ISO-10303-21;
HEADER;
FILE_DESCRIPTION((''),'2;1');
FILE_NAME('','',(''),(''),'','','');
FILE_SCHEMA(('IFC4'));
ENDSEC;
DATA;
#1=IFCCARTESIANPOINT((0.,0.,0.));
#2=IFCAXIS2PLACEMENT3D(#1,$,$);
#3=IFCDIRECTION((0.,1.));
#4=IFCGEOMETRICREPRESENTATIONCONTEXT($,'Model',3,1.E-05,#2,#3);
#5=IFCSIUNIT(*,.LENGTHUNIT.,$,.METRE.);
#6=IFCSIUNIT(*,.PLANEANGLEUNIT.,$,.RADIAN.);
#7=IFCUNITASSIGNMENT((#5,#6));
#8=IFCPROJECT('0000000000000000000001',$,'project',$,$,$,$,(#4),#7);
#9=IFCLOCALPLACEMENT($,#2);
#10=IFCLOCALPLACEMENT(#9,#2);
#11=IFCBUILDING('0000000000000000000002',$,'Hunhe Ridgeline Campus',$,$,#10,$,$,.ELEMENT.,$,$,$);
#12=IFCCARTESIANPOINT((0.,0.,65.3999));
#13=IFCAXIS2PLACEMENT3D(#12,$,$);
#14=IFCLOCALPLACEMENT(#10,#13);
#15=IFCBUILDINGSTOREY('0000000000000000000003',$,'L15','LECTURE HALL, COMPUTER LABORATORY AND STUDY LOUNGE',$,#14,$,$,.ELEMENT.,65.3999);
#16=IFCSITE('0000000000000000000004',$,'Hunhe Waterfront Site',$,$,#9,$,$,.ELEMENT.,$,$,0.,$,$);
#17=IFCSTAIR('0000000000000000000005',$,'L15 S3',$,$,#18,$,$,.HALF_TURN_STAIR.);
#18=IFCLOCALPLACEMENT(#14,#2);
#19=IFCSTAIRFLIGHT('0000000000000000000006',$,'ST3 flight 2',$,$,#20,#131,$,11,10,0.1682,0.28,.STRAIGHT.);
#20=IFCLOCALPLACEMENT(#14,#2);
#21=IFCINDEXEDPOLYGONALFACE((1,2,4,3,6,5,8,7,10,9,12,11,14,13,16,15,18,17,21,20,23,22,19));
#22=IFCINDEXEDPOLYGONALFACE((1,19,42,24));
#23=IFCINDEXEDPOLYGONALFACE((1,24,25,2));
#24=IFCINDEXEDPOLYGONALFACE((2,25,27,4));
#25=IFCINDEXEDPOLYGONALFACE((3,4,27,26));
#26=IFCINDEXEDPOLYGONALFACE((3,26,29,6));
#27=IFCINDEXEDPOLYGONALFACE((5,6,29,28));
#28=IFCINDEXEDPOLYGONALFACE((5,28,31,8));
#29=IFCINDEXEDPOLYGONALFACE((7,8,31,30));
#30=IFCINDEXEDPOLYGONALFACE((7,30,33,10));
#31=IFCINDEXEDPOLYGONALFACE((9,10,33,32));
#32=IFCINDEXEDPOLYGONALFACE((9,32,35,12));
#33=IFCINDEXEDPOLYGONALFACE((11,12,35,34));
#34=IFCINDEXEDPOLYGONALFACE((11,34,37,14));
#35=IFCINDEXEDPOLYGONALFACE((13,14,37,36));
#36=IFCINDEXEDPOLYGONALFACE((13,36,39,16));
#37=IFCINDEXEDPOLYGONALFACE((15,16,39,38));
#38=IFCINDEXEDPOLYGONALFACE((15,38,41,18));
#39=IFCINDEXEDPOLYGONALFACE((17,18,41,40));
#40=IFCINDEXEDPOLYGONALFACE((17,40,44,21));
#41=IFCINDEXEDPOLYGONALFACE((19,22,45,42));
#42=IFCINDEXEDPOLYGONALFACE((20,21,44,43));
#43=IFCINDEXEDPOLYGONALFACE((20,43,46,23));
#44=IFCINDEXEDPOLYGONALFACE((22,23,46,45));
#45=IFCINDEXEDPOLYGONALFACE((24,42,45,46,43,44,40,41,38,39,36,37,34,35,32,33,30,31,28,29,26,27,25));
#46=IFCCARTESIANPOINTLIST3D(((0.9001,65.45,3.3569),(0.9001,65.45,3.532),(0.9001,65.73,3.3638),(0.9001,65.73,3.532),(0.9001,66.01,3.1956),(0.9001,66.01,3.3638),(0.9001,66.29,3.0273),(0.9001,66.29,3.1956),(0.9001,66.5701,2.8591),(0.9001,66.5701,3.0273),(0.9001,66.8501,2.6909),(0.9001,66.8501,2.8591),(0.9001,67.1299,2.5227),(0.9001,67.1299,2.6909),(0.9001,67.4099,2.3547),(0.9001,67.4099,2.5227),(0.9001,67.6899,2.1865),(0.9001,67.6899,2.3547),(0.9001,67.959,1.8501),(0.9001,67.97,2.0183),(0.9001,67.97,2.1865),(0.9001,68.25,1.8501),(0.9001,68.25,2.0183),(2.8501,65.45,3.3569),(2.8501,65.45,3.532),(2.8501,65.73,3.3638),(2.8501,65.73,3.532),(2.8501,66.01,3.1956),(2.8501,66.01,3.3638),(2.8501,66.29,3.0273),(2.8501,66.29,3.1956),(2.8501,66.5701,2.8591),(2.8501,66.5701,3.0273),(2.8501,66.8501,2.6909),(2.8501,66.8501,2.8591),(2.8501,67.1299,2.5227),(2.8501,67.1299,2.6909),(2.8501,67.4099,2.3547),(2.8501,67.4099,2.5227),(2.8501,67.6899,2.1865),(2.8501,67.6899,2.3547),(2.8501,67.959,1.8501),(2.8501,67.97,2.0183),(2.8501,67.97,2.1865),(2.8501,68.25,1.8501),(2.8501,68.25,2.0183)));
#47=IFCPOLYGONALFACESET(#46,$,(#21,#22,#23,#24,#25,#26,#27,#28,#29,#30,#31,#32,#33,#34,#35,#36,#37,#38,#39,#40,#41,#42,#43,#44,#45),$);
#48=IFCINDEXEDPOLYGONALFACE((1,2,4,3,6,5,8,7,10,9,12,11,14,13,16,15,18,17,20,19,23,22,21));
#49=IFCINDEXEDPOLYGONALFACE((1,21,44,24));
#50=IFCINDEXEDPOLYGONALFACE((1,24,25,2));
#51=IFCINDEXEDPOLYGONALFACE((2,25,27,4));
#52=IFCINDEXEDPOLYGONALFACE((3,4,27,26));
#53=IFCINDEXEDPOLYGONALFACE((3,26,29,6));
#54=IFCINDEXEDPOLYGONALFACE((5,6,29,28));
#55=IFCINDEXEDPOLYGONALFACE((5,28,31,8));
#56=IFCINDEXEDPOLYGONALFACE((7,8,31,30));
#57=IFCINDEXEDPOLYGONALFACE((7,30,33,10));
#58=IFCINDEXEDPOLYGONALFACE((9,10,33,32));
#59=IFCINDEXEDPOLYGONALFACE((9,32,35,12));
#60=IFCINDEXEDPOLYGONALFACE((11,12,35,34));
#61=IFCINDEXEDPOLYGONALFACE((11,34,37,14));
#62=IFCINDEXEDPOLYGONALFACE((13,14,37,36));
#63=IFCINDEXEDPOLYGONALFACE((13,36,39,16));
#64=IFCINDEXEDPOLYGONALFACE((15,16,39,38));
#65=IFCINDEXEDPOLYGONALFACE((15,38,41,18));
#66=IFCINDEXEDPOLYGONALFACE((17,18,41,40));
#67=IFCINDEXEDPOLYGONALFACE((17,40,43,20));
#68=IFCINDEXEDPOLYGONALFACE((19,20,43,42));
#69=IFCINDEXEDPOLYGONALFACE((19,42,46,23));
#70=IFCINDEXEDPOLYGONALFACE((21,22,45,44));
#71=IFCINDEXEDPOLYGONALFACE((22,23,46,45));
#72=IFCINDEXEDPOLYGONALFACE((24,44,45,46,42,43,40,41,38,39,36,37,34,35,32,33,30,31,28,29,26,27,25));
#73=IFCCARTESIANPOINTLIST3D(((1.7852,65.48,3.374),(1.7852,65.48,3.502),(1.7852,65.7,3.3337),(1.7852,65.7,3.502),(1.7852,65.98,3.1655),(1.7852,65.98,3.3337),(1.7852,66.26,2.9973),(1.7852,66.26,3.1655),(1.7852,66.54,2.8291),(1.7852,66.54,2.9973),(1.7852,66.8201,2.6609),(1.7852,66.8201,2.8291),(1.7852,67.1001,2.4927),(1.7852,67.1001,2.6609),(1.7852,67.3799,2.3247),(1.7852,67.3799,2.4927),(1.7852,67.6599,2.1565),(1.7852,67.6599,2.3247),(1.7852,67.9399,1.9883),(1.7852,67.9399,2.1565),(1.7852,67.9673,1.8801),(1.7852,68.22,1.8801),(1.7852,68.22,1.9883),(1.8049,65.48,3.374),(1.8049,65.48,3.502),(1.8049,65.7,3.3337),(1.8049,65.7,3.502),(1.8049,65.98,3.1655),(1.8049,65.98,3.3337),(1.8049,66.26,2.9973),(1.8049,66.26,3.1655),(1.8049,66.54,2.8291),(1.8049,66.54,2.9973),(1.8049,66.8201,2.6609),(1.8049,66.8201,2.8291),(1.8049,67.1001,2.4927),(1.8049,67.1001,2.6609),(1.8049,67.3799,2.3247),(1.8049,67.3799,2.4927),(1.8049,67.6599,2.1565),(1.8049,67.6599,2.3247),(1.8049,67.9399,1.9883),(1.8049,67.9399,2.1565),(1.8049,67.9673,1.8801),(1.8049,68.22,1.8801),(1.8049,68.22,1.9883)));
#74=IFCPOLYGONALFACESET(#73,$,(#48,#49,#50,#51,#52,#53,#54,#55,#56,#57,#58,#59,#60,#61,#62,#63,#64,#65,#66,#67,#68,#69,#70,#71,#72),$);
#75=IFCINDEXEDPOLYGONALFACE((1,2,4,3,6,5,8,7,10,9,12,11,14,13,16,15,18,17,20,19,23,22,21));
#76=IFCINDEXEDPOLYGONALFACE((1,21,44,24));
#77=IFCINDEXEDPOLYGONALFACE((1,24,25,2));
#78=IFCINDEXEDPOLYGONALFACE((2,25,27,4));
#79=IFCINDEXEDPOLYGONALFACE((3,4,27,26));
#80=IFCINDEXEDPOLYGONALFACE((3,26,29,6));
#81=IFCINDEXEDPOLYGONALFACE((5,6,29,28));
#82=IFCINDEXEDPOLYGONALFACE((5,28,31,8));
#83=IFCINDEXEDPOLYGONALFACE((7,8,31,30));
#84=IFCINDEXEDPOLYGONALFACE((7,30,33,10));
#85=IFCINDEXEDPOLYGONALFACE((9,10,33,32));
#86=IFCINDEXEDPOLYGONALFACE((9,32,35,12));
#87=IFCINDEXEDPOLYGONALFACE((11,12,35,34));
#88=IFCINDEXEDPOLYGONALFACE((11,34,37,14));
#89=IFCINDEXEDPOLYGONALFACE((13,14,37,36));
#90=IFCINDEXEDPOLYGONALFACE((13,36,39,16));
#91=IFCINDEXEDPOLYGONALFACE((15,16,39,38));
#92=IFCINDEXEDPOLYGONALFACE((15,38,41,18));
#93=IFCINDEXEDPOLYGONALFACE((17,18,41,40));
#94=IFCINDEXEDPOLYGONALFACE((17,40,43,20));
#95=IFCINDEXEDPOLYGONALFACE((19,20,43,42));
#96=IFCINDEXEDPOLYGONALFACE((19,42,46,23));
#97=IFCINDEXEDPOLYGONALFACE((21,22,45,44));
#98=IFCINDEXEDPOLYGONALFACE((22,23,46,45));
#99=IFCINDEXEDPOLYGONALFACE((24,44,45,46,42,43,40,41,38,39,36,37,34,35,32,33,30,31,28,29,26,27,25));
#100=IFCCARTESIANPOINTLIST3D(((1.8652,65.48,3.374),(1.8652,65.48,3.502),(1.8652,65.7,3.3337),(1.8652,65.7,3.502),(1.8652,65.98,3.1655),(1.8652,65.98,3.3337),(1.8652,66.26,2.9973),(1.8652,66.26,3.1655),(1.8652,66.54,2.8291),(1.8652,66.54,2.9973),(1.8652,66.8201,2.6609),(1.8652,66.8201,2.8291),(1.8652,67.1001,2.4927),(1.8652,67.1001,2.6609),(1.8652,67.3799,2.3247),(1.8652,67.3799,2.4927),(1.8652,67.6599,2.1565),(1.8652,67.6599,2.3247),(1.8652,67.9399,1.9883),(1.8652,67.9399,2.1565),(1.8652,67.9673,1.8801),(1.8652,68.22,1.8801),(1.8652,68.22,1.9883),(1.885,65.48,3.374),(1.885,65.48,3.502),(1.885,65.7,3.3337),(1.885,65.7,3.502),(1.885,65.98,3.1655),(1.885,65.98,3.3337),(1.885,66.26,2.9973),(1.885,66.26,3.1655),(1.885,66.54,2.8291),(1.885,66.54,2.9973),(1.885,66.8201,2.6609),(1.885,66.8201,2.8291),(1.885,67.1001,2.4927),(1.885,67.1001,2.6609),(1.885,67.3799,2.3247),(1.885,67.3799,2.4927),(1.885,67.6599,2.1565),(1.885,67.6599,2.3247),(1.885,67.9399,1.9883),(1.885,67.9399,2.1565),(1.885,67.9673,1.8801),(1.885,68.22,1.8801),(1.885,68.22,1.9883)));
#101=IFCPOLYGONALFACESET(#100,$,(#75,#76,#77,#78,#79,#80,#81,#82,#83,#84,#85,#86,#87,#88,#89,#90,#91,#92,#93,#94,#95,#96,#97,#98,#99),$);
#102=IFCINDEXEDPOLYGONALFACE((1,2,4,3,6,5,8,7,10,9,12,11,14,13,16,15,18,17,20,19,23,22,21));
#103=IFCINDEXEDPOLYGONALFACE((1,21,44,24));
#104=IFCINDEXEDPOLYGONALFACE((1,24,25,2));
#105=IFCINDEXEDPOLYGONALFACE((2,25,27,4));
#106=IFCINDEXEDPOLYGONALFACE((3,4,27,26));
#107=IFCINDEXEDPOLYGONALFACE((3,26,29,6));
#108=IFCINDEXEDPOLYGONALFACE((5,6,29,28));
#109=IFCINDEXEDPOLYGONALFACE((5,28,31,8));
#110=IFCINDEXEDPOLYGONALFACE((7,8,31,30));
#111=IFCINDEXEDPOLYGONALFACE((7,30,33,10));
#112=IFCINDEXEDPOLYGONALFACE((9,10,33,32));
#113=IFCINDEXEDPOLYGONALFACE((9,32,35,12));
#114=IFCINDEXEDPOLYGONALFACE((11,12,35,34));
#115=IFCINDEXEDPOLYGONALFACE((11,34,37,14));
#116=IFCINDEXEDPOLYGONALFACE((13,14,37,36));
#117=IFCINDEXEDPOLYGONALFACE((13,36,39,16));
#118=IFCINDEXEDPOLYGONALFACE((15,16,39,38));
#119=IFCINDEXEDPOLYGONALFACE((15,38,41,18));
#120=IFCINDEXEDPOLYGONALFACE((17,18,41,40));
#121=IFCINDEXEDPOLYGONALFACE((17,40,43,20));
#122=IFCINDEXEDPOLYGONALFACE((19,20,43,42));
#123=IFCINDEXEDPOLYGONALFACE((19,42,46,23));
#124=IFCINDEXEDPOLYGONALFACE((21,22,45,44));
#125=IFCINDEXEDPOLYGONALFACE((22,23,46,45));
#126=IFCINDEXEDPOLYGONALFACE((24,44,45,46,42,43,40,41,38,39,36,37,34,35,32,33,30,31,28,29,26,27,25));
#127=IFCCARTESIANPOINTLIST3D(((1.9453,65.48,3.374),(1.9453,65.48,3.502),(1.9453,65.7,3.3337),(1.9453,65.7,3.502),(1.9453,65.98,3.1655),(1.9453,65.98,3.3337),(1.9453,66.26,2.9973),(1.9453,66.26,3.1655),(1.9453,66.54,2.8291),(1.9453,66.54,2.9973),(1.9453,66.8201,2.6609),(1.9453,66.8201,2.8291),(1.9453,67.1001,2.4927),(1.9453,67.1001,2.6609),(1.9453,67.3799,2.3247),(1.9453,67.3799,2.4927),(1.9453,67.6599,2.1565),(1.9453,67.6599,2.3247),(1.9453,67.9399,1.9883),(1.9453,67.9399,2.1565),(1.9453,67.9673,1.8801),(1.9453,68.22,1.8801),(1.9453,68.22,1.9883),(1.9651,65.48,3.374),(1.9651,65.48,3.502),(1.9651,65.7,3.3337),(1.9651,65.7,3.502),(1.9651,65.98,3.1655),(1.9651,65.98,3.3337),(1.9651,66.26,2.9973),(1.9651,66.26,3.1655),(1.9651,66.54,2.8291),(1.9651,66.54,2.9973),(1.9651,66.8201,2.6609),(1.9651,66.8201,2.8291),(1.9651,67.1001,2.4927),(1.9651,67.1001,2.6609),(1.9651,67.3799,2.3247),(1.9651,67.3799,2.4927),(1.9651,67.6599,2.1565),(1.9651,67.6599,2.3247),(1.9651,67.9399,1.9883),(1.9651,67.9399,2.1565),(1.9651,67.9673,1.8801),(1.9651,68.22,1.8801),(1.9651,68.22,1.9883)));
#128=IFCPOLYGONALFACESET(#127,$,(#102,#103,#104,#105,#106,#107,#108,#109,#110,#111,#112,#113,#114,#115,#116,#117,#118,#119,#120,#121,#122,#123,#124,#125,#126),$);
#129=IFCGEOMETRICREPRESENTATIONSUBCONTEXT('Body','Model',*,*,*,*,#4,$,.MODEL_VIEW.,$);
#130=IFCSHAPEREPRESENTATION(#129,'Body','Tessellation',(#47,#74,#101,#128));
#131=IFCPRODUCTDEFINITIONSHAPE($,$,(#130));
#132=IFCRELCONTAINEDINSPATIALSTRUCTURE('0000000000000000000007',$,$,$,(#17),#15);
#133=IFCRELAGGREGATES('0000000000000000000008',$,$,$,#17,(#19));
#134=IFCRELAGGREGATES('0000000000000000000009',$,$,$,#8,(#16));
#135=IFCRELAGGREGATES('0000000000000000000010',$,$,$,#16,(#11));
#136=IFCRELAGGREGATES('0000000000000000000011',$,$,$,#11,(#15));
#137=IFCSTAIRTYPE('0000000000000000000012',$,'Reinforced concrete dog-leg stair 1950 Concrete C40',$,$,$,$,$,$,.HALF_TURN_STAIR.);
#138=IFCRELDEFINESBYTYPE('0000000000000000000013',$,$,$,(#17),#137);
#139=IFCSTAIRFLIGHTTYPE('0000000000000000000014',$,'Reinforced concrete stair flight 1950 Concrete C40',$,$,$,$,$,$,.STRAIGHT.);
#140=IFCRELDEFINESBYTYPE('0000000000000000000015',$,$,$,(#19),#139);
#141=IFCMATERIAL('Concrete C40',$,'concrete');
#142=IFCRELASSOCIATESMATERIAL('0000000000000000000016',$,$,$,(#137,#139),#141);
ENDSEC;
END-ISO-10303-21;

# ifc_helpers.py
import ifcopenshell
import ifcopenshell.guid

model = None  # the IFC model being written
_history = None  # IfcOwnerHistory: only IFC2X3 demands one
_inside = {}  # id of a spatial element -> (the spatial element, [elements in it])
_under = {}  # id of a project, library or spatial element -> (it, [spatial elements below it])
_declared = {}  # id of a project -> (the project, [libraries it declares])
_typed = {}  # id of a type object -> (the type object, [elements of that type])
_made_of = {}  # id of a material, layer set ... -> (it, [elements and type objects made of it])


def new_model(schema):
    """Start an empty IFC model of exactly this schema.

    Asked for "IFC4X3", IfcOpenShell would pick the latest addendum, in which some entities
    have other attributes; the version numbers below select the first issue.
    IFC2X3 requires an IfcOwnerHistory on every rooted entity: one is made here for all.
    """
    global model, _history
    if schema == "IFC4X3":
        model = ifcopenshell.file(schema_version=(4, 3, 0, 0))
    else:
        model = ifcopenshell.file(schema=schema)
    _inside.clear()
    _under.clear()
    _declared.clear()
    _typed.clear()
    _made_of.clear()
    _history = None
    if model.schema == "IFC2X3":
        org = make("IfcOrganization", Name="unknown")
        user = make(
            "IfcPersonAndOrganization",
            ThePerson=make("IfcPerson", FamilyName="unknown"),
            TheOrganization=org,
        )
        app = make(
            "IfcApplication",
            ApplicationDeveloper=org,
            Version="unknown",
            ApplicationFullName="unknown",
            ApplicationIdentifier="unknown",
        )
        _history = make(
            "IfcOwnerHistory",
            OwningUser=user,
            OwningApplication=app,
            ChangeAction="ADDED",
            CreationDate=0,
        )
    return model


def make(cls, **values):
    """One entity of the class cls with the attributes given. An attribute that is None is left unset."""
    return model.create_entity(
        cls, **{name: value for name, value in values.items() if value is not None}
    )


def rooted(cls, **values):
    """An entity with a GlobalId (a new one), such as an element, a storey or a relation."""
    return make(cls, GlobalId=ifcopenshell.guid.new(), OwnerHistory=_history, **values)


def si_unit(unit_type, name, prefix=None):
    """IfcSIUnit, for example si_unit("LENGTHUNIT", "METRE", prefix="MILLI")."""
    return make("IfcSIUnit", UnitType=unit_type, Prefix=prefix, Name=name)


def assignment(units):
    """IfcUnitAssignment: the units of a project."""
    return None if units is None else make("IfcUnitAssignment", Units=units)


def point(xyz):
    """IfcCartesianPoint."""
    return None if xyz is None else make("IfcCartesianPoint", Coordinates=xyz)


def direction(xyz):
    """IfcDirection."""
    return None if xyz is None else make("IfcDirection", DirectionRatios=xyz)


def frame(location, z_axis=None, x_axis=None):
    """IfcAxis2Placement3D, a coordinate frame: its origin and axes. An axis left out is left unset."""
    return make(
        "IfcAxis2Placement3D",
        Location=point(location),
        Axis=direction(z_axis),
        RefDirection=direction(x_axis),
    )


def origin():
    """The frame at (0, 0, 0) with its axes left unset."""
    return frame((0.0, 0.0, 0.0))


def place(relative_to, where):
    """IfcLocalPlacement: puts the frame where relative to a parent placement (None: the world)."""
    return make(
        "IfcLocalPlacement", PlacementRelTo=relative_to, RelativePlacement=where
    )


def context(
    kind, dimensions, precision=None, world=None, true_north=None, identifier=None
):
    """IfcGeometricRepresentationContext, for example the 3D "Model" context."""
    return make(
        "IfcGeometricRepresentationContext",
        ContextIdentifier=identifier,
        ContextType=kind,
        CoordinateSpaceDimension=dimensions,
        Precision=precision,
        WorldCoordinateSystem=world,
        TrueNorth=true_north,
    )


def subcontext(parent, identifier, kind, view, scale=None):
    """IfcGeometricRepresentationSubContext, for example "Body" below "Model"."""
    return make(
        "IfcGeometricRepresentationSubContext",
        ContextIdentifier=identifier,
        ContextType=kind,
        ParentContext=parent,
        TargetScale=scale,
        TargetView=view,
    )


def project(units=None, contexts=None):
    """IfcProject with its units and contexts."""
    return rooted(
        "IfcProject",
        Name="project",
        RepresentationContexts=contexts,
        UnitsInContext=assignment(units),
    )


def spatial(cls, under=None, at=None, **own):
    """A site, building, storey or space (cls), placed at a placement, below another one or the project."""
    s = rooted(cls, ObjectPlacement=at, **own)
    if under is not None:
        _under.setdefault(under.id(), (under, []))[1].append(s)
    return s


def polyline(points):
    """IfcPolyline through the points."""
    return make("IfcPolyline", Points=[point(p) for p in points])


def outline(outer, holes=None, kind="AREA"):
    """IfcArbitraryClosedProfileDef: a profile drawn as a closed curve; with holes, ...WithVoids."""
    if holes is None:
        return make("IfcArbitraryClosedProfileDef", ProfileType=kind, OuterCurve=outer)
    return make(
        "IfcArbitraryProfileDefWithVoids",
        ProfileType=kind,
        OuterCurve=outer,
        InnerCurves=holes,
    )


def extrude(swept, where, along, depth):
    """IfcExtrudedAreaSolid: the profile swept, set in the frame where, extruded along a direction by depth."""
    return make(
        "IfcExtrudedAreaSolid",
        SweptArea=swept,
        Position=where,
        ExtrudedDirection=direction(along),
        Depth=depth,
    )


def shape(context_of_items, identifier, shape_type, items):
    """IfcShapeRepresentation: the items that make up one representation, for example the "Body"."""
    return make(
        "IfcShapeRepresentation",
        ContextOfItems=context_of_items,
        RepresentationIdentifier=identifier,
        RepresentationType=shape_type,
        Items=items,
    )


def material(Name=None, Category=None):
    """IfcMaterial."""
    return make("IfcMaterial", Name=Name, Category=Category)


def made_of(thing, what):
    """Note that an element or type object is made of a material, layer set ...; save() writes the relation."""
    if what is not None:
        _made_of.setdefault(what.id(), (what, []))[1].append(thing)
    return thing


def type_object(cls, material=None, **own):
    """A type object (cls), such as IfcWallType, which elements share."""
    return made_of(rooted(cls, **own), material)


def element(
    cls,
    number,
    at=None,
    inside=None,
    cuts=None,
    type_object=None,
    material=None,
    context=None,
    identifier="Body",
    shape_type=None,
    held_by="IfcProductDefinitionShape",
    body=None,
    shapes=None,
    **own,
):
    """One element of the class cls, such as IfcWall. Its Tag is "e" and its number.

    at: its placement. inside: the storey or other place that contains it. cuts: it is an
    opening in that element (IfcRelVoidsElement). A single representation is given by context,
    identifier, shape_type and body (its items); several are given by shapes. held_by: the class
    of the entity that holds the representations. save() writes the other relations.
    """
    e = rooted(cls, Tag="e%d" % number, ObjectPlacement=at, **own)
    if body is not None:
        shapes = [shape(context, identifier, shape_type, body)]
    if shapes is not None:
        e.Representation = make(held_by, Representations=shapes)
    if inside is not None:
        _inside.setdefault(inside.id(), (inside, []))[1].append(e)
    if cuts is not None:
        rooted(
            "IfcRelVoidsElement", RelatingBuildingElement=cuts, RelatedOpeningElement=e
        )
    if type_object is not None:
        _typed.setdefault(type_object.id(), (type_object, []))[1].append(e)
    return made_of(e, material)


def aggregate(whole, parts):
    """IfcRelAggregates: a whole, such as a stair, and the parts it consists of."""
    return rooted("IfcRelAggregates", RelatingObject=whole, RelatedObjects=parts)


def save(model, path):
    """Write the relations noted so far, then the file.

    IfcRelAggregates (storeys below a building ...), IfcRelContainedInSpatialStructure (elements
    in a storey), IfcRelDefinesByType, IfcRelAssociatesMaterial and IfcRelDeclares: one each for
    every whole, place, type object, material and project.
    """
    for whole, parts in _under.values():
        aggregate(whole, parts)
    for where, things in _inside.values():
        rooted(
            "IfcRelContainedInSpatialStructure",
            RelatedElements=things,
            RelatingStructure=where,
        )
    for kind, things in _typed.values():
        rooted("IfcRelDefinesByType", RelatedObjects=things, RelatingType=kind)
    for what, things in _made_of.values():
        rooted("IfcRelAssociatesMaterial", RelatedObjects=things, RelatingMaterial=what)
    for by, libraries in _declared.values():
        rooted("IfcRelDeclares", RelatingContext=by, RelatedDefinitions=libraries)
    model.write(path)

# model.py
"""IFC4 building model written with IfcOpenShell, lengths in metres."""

from ifc_helpers import new_model, si_unit, direction, frame, origin, place, context, subcontext, project, spatial, polyline, outline, extrude, material, type_object, element, aggregate, save


model = new_model("IFC4")

# Units and contexts
model_context = context("Model", 3, precision=1e-05, world=origin(), true_north=direction((0.0, 1.0)))
body_context = subcontext(model_context, "Body", "Model", "MODEL_VIEW")
ifc_project = project(units=[si_unit("LENGTHUNIT", "METRE"), si_unit("PLANEANGLEUNIT", "RADIAN")], contexts=[model_context])

# Site, building, storey
site_placement = place(None, origin())
site = spatial("IfcSite", under=ifc_project, at=site_placement, Name="Hunhe Waterfront Site", CompositionType="ELEMENT", RefElevation=0.0)
building_placement = place(site_placement, origin())
building = spatial("IfcBuilding", under=site, at=building_placement, Name="Hunhe Ridgeline Campus", CompositionType="ELEMENT")
storey_placement = place(building_placement, frame((0.0, 0.0, 65.3999)))
storey = spatial("IfcBuildingStorey", under=building, at=storey_placement, Name="L15", Description="LECTURE HALL, COMPUTER LABORATORY AND STUDY LOUNGE", CompositionType="ELEMENT", Elevation=65.3999)

# Stair, stair flight
ifc_material_1 = material(Name="Concrete C40", Category="concrete")
stair_type = type_object("IfcStairType", Name="Reinforced concrete dog-leg stair 1950 Concrete C40", PredefinedType="HALF_TURN_STAIR", material=ifc_material_1)
stair_1_placement = place(storey_placement, origin())
stair_1 = element("IfcStair", 1, at=stair_1_placement, inside=storey, type_object=stair_type, Name="L15 S3", PredefinedType="HALF_TURN_STAIR")
stair_flight_type = type_object("IfcStairFlightType", Name="Reinforced concrete stair flight 1950 Concrete C40", PredefinedType="STRAIGHT", material=ifc_material_1)
stair_flight_1_placement = place(storey_placement, frame((1.875, 68.25, 1.8501), z_axis=(0.0, 0.0, 1.0), x_axis=(0.0, -1.0, 0.0)))
stair_flight_1 = element("IfcStairFlight", 2, at=stair_flight_1_placement, type_object=stair_flight_type, Name="ST3 flight 2", NumberOfRisers=11, NumberOfTreads=10, PredefinedType="STRAIGHT", RiserHeight=0.1682, TreadLength=0.28, context=body_context, shape_type="SweptSolid", body=[
    extrude(outline(polyline([(0.0, 0.0), (0.0, 0.1682), (0.28, 0.1682), (0.28, 0.3364), (0.5601, 0.3364), (0.5601, 0.5046), (0.8401, 0.5046), (0.8401, 0.6726), (1.1201, 0.6726), (1.1201, 0.8408), (1.3999, 0.8408), (1.3999, 1.009), (1.6799, 1.009), (1.6799, 1.1772), (1.96, 1.1772), (1.96, 1.3455), (2.24, 1.3455), (2.24, 1.5137), (2.52, 1.5137), (2.52, 1.6819), (2.8, 1.6819), (2.8, 1.8501), (2.8, 1.5068), (0.291, 0.0), (0.0, 0.0)])), frame((0.0, 0.9751, 0.0), z_axis=(0.0, -1.0, 0.0), x_axis=(1.0, 0.0, 0.0)), (0.0, 0.0, 1.0), 1.95),
    extrude(outline(polyline([(0.03, 0.03), (0.03, 0.1382), (0.3101, 0.1382), (0.3101, 0.3064), (0.5901, 0.3064), (0.5901, 0.4746), (0.8701, 0.4746), (0.8701, 0.6426), (1.1499, 0.6426), (1.1499, 0.8108), (1.4299, 0.8108), (1.4299, 0.979), (1.71, 0.979), (1.71, 1.1472), (1.99, 1.1472), (1.99, 1.3154), (2.27, 1.3154), (2.27, 1.4836), (2.55, 1.4836), (2.55, 1.6519), (2.77, 1.6519), (2.77, 1.5239), (0.2827, 0.03), (0.03, 0.03)])), frame((0.0, -0.0701, 0.0), z_axis=(0.0, -1.0, 0.0), x_axis=(1.0, 0.0, 0.0)), (0.0, 0.0, 1.0), 0.0198),
    extrude(outline(polyline([(0.03, 0.03), (0.03, 0.1382), (0.3101, 0.1382), (0.3101, 0.3064), (0.5901, 0.3064), (0.5901, 0.4746), (0.8701, 0.4746), (0.8701, 0.6426), (1.1499, 0.6426), (1.1499, 0.8108), (1.4299, 0.8108), (1.4299, 0.979), (1.71, 0.979), (1.71, 1.1472), (1.99, 1.1472), (1.99, 1.3154), (2.27, 1.3154), (2.27, 1.4836), (2.55, 1.4836), (2.55, 1.6519), (2.77, 1.6519), (2.77, 1.5239), (0.2827, 0.03), (0.03, 0.03)])), frame((0.0, 0.01, 0.0), z_axis=(0.0, -1.0, 0.0), x_axis=(1.0, 0.0, 0.0)), (0.0, 0.0, 1.0), 0.0198),
    extrude(outline(polyline([(0.03, 0.03), (0.03, 0.1382), (0.3101, 0.1382), (0.3101, 0.3064), (0.5901, 0.3064), (0.5901, 0.4746), (0.8701, 0.4746), (0.8701, 0.6426), (1.1499, 0.6426), (1.1499, 0.8108), (1.4299, 0.8108), (1.4299, 0.979), (1.71, 0.979), (1.71, 1.1472), (1.99, 1.1472), (1.99, 1.3154), (2.27, 1.3154), (2.27, 1.4836), (2.55, 1.4836), (2.55, 1.6519), (2.77, 1.6519), (2.77, 1.5239), (0.2827, 0.03), (0.03, 0.03)])), frame((0.0, 0.0901, 0.0), z_axis=(0.0, -1.0, 0.0), x_axis=(1.0, 0.0, 0.0)), (0.0, 0.0, 1.0), 0.0198),
])
aggregate(stair_1, [stair_flight_1])

save(model, "model.ifc")
